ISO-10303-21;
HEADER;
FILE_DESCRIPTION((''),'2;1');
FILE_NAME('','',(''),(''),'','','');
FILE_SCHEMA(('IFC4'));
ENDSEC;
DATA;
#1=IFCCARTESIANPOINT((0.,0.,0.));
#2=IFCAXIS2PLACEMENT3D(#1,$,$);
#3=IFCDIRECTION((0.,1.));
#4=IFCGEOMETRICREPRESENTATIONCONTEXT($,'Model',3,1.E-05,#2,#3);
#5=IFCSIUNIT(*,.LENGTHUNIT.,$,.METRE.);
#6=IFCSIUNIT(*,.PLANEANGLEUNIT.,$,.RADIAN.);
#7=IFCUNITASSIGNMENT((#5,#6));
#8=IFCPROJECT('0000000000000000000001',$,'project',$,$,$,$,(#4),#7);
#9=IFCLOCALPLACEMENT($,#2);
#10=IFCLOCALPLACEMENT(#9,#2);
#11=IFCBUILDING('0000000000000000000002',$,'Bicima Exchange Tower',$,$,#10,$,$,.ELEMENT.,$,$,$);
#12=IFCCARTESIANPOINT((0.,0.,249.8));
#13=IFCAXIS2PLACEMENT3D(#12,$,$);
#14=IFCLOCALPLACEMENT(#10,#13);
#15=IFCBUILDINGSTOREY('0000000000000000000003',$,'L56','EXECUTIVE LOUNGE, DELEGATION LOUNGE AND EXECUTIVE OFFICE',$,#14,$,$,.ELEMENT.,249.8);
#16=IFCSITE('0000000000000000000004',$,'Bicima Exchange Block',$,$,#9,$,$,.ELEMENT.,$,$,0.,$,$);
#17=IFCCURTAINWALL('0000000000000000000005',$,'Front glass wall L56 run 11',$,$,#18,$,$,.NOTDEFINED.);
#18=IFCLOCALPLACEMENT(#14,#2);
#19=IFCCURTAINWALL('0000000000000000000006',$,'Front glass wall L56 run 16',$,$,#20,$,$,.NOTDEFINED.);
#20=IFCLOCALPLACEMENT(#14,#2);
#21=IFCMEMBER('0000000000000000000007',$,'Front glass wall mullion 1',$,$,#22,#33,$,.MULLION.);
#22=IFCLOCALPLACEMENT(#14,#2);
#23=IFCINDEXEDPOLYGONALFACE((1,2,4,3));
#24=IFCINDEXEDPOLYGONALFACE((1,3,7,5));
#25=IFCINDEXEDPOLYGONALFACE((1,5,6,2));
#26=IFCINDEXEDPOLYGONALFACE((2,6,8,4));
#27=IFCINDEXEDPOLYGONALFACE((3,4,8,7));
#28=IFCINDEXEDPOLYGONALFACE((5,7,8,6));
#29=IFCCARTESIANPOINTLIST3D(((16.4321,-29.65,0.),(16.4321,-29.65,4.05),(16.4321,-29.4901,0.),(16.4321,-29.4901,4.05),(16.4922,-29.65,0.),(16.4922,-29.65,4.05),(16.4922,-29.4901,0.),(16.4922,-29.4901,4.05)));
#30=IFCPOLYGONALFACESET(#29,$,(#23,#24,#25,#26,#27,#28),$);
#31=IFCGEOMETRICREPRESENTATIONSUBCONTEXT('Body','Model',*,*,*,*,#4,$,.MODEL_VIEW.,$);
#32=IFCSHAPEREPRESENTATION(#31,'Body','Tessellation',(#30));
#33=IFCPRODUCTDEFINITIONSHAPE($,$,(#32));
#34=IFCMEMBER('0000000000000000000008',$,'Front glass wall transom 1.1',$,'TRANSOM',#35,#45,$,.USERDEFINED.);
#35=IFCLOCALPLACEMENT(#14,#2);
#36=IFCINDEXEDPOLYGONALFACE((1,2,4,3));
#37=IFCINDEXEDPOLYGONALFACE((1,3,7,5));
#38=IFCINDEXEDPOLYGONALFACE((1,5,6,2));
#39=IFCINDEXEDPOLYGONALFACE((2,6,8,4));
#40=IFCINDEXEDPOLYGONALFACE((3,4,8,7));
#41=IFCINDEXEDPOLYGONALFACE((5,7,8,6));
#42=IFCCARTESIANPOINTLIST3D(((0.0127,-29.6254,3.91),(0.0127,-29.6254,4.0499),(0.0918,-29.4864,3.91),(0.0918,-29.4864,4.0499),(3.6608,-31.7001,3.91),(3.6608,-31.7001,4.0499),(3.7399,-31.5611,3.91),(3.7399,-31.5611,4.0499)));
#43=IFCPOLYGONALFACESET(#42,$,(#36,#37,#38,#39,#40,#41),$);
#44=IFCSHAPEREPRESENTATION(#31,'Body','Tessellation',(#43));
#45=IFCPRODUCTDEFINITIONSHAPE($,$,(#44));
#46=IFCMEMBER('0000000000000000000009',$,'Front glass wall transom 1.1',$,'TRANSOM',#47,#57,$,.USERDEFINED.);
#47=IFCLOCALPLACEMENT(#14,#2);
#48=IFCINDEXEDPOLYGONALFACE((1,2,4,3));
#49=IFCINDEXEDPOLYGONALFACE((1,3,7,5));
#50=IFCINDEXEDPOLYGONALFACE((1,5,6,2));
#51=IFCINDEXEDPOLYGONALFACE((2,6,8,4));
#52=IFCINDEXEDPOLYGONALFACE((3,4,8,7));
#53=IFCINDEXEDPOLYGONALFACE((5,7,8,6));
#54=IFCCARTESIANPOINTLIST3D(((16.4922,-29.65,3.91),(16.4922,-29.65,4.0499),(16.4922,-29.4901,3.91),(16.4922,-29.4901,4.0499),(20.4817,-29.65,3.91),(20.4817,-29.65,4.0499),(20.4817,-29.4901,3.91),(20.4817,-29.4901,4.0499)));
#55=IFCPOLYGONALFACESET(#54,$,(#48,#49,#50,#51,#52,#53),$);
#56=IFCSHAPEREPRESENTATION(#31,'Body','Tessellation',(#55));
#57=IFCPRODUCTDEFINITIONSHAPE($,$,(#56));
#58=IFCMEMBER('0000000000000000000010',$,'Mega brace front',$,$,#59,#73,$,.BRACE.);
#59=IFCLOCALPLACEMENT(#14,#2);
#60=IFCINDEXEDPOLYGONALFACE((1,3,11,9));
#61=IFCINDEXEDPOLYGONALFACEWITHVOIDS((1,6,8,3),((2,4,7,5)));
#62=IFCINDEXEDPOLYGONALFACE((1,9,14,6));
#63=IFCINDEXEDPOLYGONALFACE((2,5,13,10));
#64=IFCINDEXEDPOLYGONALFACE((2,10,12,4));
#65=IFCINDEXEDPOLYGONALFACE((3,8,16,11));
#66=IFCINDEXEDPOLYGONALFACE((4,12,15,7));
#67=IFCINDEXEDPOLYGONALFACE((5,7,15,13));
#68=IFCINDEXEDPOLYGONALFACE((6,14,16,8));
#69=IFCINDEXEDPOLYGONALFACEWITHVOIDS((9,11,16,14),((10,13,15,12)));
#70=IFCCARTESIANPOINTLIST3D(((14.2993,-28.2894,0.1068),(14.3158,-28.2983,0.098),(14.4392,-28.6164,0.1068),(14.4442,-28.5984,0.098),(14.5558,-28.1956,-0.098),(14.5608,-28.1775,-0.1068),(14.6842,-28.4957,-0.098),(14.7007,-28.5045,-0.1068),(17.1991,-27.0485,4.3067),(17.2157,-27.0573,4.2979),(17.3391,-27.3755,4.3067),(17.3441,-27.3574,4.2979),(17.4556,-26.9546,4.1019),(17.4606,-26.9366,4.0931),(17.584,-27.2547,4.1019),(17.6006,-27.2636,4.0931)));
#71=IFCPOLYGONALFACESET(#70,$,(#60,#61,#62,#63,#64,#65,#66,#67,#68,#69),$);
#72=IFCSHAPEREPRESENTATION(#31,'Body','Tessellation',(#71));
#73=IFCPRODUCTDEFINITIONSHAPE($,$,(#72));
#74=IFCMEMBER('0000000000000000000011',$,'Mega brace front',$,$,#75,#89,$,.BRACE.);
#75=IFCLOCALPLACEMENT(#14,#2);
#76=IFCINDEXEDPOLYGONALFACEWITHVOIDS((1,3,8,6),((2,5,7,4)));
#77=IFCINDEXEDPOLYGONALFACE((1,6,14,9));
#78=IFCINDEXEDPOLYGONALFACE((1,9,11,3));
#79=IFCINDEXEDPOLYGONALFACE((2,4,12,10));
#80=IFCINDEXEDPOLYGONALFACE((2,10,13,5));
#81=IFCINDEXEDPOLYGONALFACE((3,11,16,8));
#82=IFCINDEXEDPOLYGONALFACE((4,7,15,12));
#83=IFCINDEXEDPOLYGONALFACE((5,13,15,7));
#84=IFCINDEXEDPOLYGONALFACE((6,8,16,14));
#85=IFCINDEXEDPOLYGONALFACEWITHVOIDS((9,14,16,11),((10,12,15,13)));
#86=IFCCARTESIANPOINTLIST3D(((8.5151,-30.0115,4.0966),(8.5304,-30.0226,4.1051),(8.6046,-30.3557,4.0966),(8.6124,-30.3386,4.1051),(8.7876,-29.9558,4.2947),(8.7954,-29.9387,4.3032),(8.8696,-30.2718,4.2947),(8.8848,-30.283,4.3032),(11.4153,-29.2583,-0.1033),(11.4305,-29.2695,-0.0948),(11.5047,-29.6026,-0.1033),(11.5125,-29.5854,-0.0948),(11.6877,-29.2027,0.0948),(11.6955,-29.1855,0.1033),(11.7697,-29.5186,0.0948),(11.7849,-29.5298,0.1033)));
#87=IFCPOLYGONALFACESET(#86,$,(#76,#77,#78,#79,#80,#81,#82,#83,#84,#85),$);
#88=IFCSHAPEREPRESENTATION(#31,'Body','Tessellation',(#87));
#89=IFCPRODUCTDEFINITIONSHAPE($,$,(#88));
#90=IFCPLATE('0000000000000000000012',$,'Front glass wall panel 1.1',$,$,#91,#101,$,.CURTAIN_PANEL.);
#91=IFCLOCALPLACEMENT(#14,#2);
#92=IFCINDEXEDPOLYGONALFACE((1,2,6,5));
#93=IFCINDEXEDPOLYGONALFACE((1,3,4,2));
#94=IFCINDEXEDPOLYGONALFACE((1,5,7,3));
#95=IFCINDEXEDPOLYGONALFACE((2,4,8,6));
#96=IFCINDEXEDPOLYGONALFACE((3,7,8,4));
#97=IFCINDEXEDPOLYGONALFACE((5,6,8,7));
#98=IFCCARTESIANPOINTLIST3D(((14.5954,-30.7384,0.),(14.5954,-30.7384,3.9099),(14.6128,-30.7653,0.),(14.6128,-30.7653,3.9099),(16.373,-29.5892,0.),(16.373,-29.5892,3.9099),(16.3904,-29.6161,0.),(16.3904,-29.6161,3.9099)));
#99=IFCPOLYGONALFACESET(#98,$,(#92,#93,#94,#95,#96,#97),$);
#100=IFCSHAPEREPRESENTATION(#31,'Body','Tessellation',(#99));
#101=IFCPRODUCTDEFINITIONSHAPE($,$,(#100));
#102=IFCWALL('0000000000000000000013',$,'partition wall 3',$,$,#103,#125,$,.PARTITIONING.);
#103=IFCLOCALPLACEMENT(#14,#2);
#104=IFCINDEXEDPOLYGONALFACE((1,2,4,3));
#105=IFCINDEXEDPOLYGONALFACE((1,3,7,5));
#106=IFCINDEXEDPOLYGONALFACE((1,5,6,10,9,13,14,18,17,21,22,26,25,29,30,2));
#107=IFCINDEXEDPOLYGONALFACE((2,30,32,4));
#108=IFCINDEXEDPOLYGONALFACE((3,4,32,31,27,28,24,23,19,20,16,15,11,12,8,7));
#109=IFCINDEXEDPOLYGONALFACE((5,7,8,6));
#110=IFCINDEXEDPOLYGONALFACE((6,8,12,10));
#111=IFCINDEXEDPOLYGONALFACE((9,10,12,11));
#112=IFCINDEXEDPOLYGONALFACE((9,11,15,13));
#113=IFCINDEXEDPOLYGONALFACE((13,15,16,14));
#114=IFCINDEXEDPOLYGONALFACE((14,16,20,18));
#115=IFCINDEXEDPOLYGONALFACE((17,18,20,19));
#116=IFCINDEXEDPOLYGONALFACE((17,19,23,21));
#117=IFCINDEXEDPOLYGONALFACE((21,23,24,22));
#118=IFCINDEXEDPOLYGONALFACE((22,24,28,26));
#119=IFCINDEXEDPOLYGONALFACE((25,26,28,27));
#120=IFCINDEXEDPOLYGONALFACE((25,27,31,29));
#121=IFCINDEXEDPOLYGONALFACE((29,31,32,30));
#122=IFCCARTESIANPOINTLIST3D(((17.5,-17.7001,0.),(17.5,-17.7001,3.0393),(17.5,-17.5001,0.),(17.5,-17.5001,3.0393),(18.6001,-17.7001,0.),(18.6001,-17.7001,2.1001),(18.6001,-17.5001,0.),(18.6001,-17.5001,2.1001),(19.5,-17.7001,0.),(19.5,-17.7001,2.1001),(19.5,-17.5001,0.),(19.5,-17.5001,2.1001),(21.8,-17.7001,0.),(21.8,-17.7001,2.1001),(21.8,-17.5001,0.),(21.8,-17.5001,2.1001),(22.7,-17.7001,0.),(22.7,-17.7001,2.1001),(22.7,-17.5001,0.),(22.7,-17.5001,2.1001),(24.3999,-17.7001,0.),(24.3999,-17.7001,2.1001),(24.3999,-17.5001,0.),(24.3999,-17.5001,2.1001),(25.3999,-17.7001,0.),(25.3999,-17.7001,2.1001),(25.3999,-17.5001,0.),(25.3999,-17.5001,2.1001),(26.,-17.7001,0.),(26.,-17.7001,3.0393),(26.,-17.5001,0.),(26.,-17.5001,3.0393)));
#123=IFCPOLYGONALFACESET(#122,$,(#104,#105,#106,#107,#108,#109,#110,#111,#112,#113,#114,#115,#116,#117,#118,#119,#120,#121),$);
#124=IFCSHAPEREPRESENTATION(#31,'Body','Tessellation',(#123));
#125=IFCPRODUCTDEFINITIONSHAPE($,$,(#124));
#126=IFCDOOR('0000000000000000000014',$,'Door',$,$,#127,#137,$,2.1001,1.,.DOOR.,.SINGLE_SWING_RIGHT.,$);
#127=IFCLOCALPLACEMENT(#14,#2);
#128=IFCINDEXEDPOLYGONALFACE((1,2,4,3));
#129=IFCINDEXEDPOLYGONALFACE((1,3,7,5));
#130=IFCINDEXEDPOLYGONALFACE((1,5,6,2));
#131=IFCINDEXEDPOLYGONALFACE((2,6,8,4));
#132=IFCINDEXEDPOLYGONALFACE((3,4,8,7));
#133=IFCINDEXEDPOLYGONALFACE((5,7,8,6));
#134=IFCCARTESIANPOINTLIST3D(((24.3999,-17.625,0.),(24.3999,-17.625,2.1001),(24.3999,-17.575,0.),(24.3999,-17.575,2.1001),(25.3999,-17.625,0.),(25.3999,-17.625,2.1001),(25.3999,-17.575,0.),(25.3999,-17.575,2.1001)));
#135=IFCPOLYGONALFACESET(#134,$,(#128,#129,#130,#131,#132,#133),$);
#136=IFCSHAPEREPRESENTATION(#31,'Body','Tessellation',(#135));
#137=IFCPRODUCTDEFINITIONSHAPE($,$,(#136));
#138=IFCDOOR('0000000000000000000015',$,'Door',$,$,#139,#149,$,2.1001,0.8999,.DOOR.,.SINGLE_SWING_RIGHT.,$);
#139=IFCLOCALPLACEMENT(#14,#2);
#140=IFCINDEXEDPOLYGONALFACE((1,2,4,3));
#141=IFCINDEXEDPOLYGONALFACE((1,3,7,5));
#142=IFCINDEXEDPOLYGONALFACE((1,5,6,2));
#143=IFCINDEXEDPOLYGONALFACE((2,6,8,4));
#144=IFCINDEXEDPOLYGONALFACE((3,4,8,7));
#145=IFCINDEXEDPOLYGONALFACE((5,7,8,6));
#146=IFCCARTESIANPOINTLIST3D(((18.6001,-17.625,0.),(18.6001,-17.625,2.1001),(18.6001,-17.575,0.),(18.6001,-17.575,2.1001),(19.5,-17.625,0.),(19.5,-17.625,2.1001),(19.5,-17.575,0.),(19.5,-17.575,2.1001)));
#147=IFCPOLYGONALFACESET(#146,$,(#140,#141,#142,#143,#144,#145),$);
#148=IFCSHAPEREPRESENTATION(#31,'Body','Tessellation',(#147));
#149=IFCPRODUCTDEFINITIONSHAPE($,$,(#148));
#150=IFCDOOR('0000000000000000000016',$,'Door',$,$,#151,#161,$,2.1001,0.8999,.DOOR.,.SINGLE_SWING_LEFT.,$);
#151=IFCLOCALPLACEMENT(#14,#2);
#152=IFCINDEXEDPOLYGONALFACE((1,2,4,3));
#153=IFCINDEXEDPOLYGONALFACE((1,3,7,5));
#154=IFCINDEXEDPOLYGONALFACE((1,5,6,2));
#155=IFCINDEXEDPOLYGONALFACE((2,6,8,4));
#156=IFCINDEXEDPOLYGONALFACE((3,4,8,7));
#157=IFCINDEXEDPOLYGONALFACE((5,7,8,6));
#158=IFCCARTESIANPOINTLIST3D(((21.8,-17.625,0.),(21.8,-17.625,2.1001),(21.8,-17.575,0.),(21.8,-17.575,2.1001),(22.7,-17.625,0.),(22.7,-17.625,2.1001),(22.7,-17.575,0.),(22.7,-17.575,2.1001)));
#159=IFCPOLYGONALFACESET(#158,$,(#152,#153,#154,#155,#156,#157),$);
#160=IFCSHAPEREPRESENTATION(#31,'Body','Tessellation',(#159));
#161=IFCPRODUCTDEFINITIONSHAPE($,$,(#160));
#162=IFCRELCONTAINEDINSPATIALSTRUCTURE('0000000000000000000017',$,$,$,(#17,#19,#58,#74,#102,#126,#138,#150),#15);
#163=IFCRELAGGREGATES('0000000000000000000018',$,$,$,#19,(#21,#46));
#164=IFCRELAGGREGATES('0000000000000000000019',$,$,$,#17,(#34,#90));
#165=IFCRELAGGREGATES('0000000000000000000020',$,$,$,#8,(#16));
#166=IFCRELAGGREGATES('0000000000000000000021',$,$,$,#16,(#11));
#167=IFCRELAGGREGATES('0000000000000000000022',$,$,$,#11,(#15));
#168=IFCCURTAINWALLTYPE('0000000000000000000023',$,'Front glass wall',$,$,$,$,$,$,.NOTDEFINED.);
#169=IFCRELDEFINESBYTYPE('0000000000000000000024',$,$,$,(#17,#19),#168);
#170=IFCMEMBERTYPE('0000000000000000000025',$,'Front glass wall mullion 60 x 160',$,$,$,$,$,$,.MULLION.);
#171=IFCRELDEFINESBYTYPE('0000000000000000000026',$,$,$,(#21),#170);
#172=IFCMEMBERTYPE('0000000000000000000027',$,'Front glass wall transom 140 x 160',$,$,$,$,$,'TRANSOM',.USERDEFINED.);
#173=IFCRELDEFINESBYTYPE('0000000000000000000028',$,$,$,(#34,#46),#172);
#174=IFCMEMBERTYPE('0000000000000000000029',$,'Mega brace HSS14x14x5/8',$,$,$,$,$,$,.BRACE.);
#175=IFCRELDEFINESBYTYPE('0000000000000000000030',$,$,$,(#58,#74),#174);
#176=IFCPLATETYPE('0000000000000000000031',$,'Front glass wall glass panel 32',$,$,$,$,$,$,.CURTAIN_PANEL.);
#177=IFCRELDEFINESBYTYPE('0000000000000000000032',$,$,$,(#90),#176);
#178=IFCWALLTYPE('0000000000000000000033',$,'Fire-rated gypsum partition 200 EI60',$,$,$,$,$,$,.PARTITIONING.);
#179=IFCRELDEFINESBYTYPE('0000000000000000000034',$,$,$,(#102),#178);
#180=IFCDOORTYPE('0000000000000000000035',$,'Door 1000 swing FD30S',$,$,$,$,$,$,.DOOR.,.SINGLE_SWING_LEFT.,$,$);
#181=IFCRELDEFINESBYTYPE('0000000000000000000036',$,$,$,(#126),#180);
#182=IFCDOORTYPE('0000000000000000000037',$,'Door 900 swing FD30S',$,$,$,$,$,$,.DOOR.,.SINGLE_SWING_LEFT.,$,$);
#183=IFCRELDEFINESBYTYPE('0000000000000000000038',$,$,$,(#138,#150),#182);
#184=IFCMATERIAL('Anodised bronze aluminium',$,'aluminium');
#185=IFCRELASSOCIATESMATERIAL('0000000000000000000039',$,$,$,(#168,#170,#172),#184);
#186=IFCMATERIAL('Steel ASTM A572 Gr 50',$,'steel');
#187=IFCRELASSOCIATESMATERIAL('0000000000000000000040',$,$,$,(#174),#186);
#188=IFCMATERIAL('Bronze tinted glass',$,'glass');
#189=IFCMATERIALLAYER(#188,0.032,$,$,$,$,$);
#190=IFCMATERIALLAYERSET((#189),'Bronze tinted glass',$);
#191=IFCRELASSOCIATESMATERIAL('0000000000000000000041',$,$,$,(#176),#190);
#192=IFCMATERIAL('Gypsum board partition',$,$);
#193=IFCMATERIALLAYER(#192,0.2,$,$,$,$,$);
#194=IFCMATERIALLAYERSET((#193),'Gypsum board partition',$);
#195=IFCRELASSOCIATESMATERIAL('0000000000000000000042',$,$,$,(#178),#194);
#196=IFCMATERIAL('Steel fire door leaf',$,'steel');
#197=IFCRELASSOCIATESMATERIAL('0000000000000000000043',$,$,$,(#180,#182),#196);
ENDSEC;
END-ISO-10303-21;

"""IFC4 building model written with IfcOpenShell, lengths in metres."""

from ifc_helpers import new_model, si_unit, direction, frame, frame_2d, origin, origin_2d, place, context, subcontext, project, spatial, rectangle, hollow_rectangle, extrude, material, layer, layer_set, material_profile, profile_set, type_object, element, fill, aggregate, save


model = new_model("IFC4")

# Units and contexts
model_context = context("Model", 3, precision=1e-05, world=origin(), true_north=direction((0.0, 1.0)))
body_context = subcontext(model_context, "Body", "Model", "MODEL_VIEW")
ifc_project = project(units=[si_unit("LENGTHUNIT", "METRE"), si_unit("PLANEANGLEUNIT", "RADIAN")], contexts=[model_context])

# Site, building, storey
site_placement = place(None, origin())
site = spatial("IfcSite", under=ifc_project, at=site_placement, Name="Bicima Exchange Block", CompositionType="ELEMENT", RefElevation=0.0)
building_placement = place(site_placement, origin())
building = spatial("IfcBuilding", under=site, at=building_placement, Name="Bicima Exchange Tower", CompositionType="ELEMENT")
storey_placement = place(building_placement, frame((0.0, 0.0, 249.8)))
storey = spatial("IfcBuildingStorey", under=building, at=storey_placement, Name="L56", Description="EXECUTIVE LOUNGE, DELEGATION LOUNGE AND EXECUTIVE OFFICE", CompositionType="ELEMENT", Elevation=249.8)

# Curtain wall
ifc_material_1 = material(Name="Anodised bronze aluminium", Category="aluminium")
curtain_wall_type = type_object("IfcCurtainWallType", Name="Front glass wall", PredefinedType="NOTDEFINED", material=ifc_material_1)
curtain_wall_1_placement = place(storey_placement, origin())
curtain_wall_1 = element("IfcCurtainWall", 1, at=curtain_wall_1_placement, inside=storey, type_object=curtain_wall_type, Name="Front glass wall L56 run 11", PredefinedType="NOTDEFINED")
ifc_material_profile_1 = material_profile(ifc_material_1, rectangle(XDim=0.1599, YDim=0.0601, at=origin_2d()))
ifc_profile_set_1 = profile_set([ifc_material_profile_1], Name="Anodised bronze aluminium")
member_type_1 = type_object("IfcMemberType", Name="Front glass wall mullion 60 x 160", PredefinedType="MULLION", material=ifc_profile_set_1)

# Curtain wall, member
curtain_wall_2_placement = place(storey_placement, origin())
curtain_wall_2 = element("IfcCurtainWall", 2, at=curtain_wall_2_placement, inside=storey, type_object=curtain_wall_type, Name="Front glass wall L56 run 16", PredefinedType="NOTDEFINED")
member_1_placement = place(storey_placement, frame((16.4622, -29.5701, 0.0), z_axis=(0.0, 0.0, 1.0), x_axis=(0.0, 1.0, 0.0)))
member_1 = element("IfcMember", 3, at=member_1_placement, type_object=member_type_1, Name="Front glass wall mullion 1", PredefinedType="MULLION", context=body_context, shape_type="SweptSolid", body=[
    extrude(rectangle(XDim=0.1599, YDim=0.0601, at=origin_2d()), origin(), (0.0, 0.0, 1.0), 4.05),
])

# Members
ifc_material_profile_2 = material_profile(ifc_material_1, rectangle(XDim=0.1599, YDim=0.1399, at=origin_2d()))
ifc_profile_set_2 = profile_set([ifc_material_profile_2], Name="Anodised bronze aluminium")
member_type_2 = type_object("IfcMemberType", Name="Front glass wall transom 140 x 160", ElementType="TRANSOM", PredefinedType="USERDEFINED", material=ifc_profile_set_2)
member_2_placement = place(storey_placement, frame((0.0522, -29.5559, 3.98), z_axis=(0.869265, -0.494346, 0.0), x_axis=(0.494346, 0.869265, 0.0)))
member_2 = element("IfcMember", 4, at=member_2_placement, type_object=member_type_2, Name="Front glass wall transom 1.1", ObjectType="TRANSOM", PredefinedType="USERDEFINED", context=body_context, shape_type="SweptSolid", body=[
    extrude(rectangle(XDim=0.1599, YDim=0.1399, at=origin_2d()), origin(), (0.0, 0.0, 1.0), 4.1968),
])
member_3_placement = place(storey_placement, frame((16.4922, -29.5701, 3.98), z_axis=(1.0, 0.0, 0.0), x_axis=(0.0, 1.0, 0.0)))
member_3 = element("IfcMember", 5, at=member_3_placement, type_object=member_type_2, Name="Front glass wall transom 1.1", ObjectType="TRANSOM", PredefinedType="USERDEFINED", context=body_context, shape_type="SweptSolid", body=[
    extrude(rectangle(XDim=0.1599, YDim=0.1399, at=origin_2d()), origin(), (0.0, 0.0, 1.0), 3.9895),
])
aggregate(curtain_wall_2, [member_1, member_3])

# Members
ifc_material_2 = material(Name="Steel ASTM A572 Gr 50", Category="steel")
ifc_material_profile_3 = material_profile(ifc_material_2, hollow_rectangle(XDim=0.3557, YDim=0.3557, WallThickness=0.0146, at=origin_2d()))
ifc_profile_set_3 = profile_set([ifc_material_profile_3], Name="Steel ASTM A572 Gr 50")
member_type_3 = type_object("IfcMemberType", Name="Mega brace HSS14x14x5/8", PredefinedType="BRACE", material=ifc_profile_set_3)
member_4_placement = place(storey_placement, frame((14.5, -28.397, 0.0), z_axis=(0.552097, 0.236261, 0.799606), x_axis=(-0.393424, 0.919357, 0.0)))
element("IfcMember", 6, at=member_4_placement, inside=storey, type_object=member_type_3, Name="Mega brace front", PredefinedType="BRACE", context=body_context, shape_type="SweptSolid", body=[
    extrude(hollow_rectangle(XDim=0.3557, YDim=0.3557, WallThickness=0.0146, at=origin_2d()), origin(), (0.0, 0.0, 1.0), 5.2524),
])
member_5_placement = place(storey_placement, frame((11.6001, -29.394, 0.0), z_axis=(-0.562127, -0.145986, 0.814065), x_axis=(0.251364, -0.967893, 0.0)))
element("IfcMember", 7, at=member_5_placement, inside=storey, type_object=member_type_3, Name="Mega brace front", PredefinedType="BRACE", context=body_context, shape_type="SweptSolid", body=[
    extrude(hollow_rectangle(XDim=0.3557, YDim=0.3557, WallThickness=0.0146, at=origin_2d()), origin(), (0.0, 0.0, 1.0), 5.1592),
])

# Plate
ifc_material_3 = material(Name="Bronze tinted glass", Category="glass")
ifc_layer_1 = layer(ifc_material_3, 0.032)
ifc_layer_set_1 = layer_set([ifc_layer_1], Name="Bronze tinted glass")
plate_type = type_object("IfcPlateType", Name="Front glass wall glass panel 32", PredefinedType="CURTAIN_PANEL", material=ifc_layer_set_1)
plate_placement = place(storey_placement, frame((15.4929, -30.1772, 0.0), z_axis=(0.0, 0.0, 1.0), x_axis=(0.839791, 0.542909, 0.0)))
plate = element("IfcPlate", 8, at=plate_placement, type_object=plate_type, Name="Front glass wall panel 1.1", PredefinedType="CURTAIN_PANEL", context=body_context, shape_type="SweptSolid", body=[
    extrude(rectangle(XDim=2.1167, YDim=0.032, at=origin_2d()), origin(), (0.0, 0.0, 1.0), 3.9099),
])
aggregate(curtain_wall_1, [member_2, plate])

# Wall, openings, doors
ifc_material_4 = material(Name="Gypsum board partition")
ifc_layer_2 = layer(ifc_material_4, 0.2)
ifc_layer_set_2 = layer_set([ifc_layer_2], Name="Gypsum board partition")
wall_type_1 = type_object("IfcWallType", Name="Fire-rated gypsum partition 200 EI60", PredefinedType="PARTITIONING", material=ifc_layer_set_2)
wall_1_placement = place(storey_placement, frame((17.5, -17.6001, 0.0), z_axis=(0.0, 0.0, 1.0), x_axis=(1.0, 0.0, 0.0)))
wall_1 = element("IfcWall", 9, at=wall_1_placement, inside=storey, type_object=wall_type_1, Name="partition wall 3", PredefinedType="PARTITIONING", context=body_context, shape_type="SweptSolid", body=[
    extrude(rectangle(XDim=8.5, YDim=0.2, at=frame_2d((4.25, 0.0))), origin(), (0.0, 0.0, 1.0), 3.0393),
])
opening_1_placement = place(wall_1_placement, frame((1.1001, 0.0, 0.0)))
opening_1 = element("IfcOpeningElement", 10, at=opening_1_placement, cuts=wall_1, PredefinedType="OPENING", context=body_context, shape_type="SweptSolid", body=[
    extrude(rectangle(XDim=0.8999, YDim=2.1001, at=frame_2d((0.45, 1.05))), frame((0.0, 0.1118, 0.0), z_axis=(0.0, -1.0, 0.0), x_axis=(1.0, 0.0, 0.0)), (0.0, 0.0, 1.0), 0.2239),
])
opening_2_placement = place(wall_1_placement, frame((4.3, 0.0, 0.0)))
opening_2 = element("IfcOpeningElement", 11, at=opening_2_placement, cuts=wall_1, PredefinedType="OPENING", context=body_context, shape_type="SweptSolid", body=[
    extrude(rectangle(XDim=0.8999, YDim=2.1001, at=frame_2d((0.45, 1.05))), frame((0.0, 0.1118, 0.0), z_axis=(0.0, -1.0, 0.0), x_axis=(1.0, 0.0, 0.0)), (0.0, 0.0, 1.0), 0.2239),
])
opening_3_placement = place(wall_1_placement, frame((6.8999, 0.0, 0.0)))
opening_3 = element("IfcOpeningElement", 12, at=opening_3_placement, cuts=wall_1, PredefinedType="OPENING", context=body_context, shape_type="SweptSolid", body=[
    extrude(rectangle(XDim=1.0, YDim=2.1001, at=frame_2d((0.5, 1.05))), frame((0.0, 0.1118, 0.0), z_axis=(0.0, -1.0, 0.0), x_axis=(1.0, 0.0, 0.0)), (0.0, 0.0, 1.0), 0.2239),
])
ifc_material_5 = material(Name="Steel fire door leaf", Category="steel")
door_type_1 = type_object("IfcDoorType", Name="Door 1000 swing FD30S", OperationType="SINGLE_SWING_LEFT", PredefinedType="DOOR", material=ifc_material_5)
door_1_placement = place(opening_3_placement, frame((1.0, 0.0, 0.0), z_axis=(0.0, 0.0, 1.0), x_axis=(-1.0, 0.0, 0.0)))
door_1 = element("IfcDoor", 13, at=door_1_placement, inside=storey, type_object=door_type_1, Name="Door", OperationType="SINGLE_SWING_RIGHT", OverallHeight=2.1001, OverallWidth=1.0, PredefinedType="DOOR", context=body_context, shape_type="SweptSolid", body=[
    extrude(rectangle(XDim=1.0, YDim=2.1001, at=frame_2d((0.5, 1.05))), frame((0.0, 0.0249, 0.0), z_axis=(0.0, -1.0, 0.0), x_axis=(1.0, 0.0, 0.0)), (0.0, 0.0, 1.0), 0.05),
])
fill(opening_3, door_1)
door_type_2 = type_object("IfcDoorType", Name="Door 900 swing FD30S", OperationType="SINGLE_SWING_LEFT", PredefinedType="DOOR", material=ifc_material_5)
door_2_placement = place(opening_1_placement, frame((0.8999, 0.0, 0.0), z_axis=(0.0, 0.0, 1.0), x_axis=(-1.0, 0.0, 0.0)))
door_2 = element("IfcDoor", 14, at=door_2_placement, inside=storey, type_object=door_type_2, Name="Door", OperationType="SINGLE_SWING_RIGHT", OverallHeight=2.1001, OverallWidth=0.8999, PredefinedType="DOOR", context=body_context, shape_type="SweptSolid", body=[
    extrude(rectangle(XDim=0.8999, YDim=2.1001, at=frame_2d((0.45, 1.05))), frame((0.0, 0.0249, 0.0), z_axis=(0.0, -1.0, 0.0), x_axis=(1.0, 0.0, 0.0)), (0.0, 0.0, 1.0), 0.05),
])
fill(opening_1, door_2)
door_3_placement = place(opening_2_placement, frame((0.8999, 0.0, 0.0), z_axis=(0.0, 0.0, 1.0), x_axis=(-1.0, 0.0, 0.0)))
door_3 = element("IfcDoor", 15, at=door_3_placement, inside=storey, type_object=door_type_2, Name="Door", OperationType="SINGLE_SWING_LEFT", OverallHeight=2.1001, OverallWidth=0.8999, PredefinedType="DOOR", context=body_context, shape_type="SweptSolid", body=[
    extrude(rectangle(XDim=0.8999, YDim=2.1001, at=frame_2d((0.45, 1.05))), frame((0.0, 0.0249, 0.0), z_axis=(0.0, -1.0, 0.0), x_axis=(1.0, 0.0, 0.0)), (0.0, 0.0, 1.0), 0.05),
])
fill(opening_2, door_3)

save(model, "model.ifc")
